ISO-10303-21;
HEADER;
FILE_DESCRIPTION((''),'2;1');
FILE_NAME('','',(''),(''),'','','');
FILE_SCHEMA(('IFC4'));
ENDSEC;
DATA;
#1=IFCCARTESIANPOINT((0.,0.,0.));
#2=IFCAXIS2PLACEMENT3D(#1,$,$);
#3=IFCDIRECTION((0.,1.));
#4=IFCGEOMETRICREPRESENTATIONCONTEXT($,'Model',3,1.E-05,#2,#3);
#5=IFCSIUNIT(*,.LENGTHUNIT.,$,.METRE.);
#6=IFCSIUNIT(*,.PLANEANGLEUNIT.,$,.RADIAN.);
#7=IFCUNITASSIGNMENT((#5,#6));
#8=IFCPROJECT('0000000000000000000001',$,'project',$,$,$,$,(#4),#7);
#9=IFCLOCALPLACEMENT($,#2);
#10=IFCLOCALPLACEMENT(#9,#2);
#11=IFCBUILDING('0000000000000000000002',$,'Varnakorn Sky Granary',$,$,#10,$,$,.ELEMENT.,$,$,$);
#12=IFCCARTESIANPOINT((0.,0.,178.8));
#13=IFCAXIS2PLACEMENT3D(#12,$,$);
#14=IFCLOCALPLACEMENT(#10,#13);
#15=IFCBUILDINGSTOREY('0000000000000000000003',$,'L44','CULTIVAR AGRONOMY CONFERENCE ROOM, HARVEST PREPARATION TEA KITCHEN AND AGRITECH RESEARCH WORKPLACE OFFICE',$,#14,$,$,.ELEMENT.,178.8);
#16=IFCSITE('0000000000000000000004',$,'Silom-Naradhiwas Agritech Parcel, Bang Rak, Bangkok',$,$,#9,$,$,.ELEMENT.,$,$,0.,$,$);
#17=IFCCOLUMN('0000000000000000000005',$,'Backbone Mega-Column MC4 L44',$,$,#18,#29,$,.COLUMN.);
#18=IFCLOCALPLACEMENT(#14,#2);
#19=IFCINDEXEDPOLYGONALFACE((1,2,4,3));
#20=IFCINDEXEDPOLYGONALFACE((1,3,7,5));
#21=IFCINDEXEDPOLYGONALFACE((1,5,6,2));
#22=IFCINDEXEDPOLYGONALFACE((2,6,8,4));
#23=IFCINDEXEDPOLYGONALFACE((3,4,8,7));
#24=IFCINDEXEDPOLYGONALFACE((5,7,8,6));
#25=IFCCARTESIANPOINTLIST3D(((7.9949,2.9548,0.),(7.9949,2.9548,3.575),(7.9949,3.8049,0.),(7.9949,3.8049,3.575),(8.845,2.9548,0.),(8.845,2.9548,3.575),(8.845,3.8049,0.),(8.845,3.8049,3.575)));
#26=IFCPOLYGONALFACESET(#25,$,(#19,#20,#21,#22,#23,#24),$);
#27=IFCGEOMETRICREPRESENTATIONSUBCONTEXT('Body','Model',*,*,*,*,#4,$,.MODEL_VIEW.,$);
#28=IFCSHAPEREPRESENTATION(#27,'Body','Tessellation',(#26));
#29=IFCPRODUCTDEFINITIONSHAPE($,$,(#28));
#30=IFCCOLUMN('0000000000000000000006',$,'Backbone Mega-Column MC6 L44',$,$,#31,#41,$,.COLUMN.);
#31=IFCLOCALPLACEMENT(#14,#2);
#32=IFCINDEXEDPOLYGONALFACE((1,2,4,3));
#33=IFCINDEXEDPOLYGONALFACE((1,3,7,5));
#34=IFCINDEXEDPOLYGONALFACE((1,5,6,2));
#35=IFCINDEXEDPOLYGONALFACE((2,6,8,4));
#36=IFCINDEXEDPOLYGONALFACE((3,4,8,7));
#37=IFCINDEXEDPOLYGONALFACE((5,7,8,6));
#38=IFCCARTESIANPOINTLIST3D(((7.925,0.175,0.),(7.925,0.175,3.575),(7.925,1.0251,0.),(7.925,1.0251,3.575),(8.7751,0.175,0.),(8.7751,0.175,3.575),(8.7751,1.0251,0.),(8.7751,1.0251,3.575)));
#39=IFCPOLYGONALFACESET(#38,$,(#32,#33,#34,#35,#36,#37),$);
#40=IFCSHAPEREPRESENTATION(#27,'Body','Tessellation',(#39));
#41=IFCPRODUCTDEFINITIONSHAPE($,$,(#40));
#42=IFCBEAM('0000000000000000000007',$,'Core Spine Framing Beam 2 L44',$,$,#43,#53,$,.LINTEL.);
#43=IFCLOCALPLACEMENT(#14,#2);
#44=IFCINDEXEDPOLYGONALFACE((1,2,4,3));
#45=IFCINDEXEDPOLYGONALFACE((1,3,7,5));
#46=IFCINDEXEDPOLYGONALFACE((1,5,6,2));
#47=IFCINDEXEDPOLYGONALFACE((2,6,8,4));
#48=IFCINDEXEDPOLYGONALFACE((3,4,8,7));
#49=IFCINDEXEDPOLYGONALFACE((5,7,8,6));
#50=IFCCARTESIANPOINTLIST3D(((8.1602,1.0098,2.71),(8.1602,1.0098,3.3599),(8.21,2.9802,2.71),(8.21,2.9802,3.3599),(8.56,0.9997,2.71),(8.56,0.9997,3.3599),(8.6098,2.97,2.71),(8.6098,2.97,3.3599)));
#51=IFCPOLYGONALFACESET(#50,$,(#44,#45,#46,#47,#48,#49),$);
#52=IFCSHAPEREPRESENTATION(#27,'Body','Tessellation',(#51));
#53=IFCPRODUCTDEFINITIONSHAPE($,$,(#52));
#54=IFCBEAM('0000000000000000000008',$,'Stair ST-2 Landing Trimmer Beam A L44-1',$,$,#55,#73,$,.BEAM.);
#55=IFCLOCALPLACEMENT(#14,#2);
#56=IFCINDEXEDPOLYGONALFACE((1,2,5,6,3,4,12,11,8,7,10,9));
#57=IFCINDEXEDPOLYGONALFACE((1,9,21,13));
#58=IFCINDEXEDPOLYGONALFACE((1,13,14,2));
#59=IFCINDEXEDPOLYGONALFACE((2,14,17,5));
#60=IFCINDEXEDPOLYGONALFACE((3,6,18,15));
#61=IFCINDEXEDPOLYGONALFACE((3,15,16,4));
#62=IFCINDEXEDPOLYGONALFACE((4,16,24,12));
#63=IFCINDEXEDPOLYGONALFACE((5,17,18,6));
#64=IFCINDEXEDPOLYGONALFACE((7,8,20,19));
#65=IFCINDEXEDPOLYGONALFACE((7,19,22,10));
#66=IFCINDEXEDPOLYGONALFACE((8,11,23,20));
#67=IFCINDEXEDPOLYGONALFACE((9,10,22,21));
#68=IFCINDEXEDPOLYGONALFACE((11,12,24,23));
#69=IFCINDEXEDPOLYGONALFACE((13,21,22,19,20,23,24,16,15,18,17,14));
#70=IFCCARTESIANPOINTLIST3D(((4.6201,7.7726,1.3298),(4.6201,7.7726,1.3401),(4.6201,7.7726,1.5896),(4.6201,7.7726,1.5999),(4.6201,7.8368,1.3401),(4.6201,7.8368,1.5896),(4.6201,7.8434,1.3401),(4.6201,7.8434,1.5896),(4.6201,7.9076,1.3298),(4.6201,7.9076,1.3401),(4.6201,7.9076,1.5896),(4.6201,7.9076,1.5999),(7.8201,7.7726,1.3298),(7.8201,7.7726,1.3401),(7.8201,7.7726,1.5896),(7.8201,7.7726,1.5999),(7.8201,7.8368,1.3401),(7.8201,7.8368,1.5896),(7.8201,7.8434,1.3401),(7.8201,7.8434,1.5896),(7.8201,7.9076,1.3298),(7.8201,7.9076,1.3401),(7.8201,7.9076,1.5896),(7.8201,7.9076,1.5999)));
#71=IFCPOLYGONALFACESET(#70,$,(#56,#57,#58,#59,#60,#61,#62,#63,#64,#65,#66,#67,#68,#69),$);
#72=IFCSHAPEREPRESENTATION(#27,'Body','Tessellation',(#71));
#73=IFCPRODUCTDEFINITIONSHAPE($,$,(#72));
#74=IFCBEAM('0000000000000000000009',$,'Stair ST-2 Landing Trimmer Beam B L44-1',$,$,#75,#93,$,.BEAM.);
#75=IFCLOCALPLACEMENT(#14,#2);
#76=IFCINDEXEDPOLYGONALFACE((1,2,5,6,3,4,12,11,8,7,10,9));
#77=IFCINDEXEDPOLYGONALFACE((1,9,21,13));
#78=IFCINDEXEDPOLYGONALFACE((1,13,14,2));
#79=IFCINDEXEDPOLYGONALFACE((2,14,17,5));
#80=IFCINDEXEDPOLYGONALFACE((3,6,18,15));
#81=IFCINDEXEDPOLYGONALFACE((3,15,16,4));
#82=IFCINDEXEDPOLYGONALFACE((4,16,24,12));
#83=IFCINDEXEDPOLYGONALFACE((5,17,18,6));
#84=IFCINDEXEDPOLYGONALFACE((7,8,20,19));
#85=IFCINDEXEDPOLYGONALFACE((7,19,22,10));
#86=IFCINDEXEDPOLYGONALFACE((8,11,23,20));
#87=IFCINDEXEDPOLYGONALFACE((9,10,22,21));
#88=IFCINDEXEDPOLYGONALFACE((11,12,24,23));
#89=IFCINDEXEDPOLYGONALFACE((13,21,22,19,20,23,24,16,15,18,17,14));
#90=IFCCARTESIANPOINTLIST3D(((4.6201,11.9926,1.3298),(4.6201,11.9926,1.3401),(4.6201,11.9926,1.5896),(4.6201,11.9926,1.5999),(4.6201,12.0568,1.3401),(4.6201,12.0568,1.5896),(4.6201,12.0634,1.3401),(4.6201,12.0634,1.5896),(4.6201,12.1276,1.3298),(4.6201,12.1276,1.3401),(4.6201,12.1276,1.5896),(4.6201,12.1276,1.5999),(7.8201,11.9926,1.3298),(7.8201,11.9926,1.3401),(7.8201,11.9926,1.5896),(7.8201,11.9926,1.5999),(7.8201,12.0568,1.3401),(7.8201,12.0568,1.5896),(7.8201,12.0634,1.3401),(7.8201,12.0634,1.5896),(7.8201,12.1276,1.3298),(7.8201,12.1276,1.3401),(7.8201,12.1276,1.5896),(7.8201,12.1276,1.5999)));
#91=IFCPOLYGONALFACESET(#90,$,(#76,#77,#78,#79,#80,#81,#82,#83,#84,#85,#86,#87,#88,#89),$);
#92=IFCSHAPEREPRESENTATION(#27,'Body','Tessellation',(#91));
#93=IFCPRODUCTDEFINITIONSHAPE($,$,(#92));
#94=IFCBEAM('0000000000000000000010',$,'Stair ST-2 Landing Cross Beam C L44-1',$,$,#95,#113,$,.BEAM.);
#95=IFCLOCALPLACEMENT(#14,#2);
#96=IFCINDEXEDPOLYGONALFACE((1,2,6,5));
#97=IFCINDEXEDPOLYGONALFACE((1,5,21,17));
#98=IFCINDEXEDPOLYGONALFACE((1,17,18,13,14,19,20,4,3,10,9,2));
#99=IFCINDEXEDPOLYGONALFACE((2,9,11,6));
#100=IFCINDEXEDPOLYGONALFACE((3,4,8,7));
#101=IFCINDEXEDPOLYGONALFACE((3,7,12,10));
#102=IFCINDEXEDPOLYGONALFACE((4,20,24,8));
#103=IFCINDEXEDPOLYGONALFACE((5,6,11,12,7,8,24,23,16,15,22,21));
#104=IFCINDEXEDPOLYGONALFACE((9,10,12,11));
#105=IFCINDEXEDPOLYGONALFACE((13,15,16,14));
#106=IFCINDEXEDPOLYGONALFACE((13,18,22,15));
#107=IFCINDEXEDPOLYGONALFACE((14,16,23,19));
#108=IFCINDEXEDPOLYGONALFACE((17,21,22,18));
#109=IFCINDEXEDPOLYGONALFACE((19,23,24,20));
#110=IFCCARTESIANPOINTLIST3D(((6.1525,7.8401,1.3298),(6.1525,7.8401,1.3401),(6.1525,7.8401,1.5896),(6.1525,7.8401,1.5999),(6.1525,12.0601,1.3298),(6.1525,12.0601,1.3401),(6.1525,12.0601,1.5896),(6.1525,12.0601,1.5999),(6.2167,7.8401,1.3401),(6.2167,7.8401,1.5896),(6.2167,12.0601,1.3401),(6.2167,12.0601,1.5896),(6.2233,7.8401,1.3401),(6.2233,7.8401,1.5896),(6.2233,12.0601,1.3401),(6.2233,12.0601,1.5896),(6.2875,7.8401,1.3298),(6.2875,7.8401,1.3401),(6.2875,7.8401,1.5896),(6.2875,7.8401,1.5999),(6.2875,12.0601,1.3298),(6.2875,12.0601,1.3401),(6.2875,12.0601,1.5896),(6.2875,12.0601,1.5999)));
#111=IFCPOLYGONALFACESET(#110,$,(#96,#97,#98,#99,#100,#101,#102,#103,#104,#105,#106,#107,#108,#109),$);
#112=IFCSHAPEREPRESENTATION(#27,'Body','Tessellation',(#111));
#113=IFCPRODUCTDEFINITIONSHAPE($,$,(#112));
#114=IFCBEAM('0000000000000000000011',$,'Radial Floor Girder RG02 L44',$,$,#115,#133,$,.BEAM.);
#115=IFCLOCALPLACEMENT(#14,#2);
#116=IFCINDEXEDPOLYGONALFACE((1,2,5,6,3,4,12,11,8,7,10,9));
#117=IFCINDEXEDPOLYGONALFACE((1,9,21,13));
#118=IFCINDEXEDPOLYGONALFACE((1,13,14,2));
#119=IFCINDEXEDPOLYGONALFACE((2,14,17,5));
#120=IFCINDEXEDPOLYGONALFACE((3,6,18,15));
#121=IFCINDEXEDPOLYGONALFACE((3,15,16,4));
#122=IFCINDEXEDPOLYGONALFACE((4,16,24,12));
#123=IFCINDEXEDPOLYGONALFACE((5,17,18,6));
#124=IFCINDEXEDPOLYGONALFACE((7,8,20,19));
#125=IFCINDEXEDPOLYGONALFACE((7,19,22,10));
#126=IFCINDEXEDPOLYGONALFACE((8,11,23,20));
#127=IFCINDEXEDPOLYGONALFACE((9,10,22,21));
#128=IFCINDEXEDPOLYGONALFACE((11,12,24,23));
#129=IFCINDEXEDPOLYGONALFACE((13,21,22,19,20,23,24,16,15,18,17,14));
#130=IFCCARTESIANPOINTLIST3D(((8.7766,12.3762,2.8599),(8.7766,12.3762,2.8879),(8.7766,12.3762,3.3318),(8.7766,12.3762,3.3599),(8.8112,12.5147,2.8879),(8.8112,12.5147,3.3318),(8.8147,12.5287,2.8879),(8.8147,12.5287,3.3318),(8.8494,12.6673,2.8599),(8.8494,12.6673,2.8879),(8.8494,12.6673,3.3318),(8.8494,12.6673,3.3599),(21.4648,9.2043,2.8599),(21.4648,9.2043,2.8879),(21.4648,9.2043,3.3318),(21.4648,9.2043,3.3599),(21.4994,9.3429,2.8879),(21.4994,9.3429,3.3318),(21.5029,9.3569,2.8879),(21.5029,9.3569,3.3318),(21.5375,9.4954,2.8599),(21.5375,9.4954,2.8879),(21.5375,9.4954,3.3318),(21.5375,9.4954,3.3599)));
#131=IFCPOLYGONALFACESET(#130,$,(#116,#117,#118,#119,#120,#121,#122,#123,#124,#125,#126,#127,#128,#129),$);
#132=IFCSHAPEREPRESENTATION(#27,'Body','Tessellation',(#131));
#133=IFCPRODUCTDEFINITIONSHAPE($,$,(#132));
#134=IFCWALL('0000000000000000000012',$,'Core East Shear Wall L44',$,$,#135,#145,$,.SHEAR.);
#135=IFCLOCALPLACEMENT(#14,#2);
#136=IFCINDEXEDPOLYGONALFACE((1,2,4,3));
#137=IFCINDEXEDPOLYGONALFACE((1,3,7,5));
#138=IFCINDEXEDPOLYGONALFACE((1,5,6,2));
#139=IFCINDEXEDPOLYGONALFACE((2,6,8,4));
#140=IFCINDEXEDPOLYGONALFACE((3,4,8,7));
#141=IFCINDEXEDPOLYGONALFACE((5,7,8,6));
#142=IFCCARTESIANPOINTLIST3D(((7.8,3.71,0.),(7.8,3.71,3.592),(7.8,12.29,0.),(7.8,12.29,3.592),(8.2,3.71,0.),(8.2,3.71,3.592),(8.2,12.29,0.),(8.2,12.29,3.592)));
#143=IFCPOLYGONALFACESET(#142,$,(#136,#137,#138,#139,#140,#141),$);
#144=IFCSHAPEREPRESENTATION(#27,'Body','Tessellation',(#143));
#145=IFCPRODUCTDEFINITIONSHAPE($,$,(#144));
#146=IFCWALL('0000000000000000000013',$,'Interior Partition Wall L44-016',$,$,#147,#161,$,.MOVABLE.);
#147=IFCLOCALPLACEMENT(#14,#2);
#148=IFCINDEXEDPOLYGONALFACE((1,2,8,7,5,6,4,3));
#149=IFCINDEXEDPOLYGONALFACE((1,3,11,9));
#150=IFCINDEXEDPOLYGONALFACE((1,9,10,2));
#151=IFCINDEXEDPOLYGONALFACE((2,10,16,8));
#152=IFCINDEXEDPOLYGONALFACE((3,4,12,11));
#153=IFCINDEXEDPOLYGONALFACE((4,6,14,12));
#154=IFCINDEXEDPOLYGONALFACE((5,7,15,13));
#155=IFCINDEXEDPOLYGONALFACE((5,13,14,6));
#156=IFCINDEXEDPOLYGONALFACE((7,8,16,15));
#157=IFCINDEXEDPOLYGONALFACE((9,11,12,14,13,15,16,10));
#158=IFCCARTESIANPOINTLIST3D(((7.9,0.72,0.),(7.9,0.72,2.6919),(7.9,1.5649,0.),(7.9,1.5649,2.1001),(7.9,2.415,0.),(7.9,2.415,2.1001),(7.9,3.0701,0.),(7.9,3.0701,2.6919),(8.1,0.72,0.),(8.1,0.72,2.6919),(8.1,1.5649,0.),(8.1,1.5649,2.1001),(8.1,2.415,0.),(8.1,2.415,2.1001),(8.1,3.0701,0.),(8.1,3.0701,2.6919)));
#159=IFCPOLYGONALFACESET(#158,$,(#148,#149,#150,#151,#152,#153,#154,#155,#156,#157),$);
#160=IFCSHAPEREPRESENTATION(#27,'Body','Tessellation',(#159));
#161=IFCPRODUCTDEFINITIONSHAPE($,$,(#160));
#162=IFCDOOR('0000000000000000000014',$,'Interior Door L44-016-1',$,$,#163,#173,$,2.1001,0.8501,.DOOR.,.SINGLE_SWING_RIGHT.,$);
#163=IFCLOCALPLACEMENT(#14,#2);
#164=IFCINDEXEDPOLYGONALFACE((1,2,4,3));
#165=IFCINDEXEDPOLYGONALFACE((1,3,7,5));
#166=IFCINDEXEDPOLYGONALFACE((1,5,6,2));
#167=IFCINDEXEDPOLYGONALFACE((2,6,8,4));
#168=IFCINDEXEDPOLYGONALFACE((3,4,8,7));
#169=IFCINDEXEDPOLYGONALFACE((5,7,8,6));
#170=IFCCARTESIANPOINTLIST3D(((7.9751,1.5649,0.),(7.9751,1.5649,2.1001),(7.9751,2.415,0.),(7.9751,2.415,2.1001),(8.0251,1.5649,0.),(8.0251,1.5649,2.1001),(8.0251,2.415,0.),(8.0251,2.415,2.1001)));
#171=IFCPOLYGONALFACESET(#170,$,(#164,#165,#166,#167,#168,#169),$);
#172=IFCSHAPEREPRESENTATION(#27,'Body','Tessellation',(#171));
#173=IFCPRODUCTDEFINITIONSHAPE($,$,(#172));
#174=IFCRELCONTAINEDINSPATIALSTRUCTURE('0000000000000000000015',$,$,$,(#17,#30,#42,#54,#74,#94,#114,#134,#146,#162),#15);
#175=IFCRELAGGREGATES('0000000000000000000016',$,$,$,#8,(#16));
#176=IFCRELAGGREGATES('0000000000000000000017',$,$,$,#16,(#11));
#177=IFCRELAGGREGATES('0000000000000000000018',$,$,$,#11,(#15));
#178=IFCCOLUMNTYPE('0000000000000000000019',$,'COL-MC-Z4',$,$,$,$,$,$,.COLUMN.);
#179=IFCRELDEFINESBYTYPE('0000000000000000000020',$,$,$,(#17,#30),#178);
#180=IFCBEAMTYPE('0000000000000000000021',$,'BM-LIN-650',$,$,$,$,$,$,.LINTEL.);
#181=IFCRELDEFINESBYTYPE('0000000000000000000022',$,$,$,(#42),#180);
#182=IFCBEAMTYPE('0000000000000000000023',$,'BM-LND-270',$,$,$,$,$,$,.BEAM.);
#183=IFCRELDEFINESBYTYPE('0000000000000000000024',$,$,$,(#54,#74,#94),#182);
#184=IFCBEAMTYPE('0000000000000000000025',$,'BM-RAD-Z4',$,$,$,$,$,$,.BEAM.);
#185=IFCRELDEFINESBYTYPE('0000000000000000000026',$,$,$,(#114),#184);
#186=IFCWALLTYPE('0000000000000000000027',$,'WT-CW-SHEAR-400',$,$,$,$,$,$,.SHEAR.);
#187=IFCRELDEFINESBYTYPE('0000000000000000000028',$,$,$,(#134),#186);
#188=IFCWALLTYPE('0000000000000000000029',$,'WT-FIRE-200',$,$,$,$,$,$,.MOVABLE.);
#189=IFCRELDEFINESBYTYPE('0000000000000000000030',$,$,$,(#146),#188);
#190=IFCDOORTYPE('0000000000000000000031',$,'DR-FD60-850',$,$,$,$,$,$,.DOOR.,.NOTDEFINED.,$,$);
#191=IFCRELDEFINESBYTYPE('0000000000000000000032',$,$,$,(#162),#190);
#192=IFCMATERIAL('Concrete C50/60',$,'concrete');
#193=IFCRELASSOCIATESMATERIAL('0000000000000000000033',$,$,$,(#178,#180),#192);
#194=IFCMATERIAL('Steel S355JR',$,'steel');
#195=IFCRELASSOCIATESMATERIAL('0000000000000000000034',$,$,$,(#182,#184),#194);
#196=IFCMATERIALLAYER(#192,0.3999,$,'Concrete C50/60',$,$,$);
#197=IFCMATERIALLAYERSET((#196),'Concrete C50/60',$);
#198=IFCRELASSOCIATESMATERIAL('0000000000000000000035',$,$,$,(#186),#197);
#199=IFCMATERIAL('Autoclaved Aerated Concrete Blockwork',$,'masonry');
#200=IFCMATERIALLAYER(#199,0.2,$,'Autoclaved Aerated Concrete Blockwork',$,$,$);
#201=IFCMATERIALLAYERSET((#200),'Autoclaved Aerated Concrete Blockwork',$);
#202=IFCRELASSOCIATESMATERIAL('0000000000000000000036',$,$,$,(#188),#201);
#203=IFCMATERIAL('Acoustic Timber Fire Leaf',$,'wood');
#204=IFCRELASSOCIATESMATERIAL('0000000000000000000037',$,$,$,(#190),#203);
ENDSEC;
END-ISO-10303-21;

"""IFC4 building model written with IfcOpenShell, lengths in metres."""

from ifc_helpers import new_model, si_unit, direction, frame, frame_2d, origin, origin_2d, place, context, subcontext, project, spatial, rectangle, i_section, extrude, material, layer, layer_set, material_profile, profile_set, type_object, element, fill, save


model = new_model("IFC4")

# Units and contexts
model_context = context("Model", 3, precision=1e-05, world=origin(), true_north=direction((0.0, 1.0)))
body_context = subcontext(model_context, "Body", "Model", "MODEL_VIEW")
ifc_project = project(units=[si_unit("LENGTHUNIT", "METRE"), si_unit("PLANEANGLEUNIT", "RADIAN")], contexts=[model_context])

# Site, building, storey
site_placement = place(None, origin())
site = spatial("IfcSite", under=ifc_project, at=site_placement, Name="Silom-Naradhiwas Agritech Parcel, Bang Rak, Bangkok", CompositionType="ELEMENT", RefElevation=0.0)
building_placement = place(site_placement, origin())
building = spatial("IfcBuilding", under=site, at=building_placement, Name="Varnakorn Sky Granary", CompositionType="ELEMENT")
storey_placement = place(building_placement, frame((0.0, 0.0, 178.8)))
storey = spatial("IfcBuildingStorey", under=building, at=storey_placement, Name="L44", Description="CULTIVAR AGRONOMY CONFERENCE ROOM, HARVEST PREPARATION TEA KITCHEN AND AGRITECH RESEARCH WORKPLACE OFFICE", CompositionType="ELEMENT", Elevation=178.8)

# Columns
ifc_material_1 = material(Name="Concrete C50/60", Category="concrete")
ifc_material_profile_1 = material_profile(ifc_material_1, rectangle(XDim=0.8501, YDim=0.8501, at=origin_2d()), Name="RC 850x850")
ifc_profile_set_1 = profile_set([ifc_material_profile_1], Name="Concrete C50/60")
column_type = type_object("IfcColumnType", Name="COL-MC-Z4", PredefinedType="COLUMN", material=ifc_profile_set_1)
for number, where, z_axis, x_axis, name in (
    (1, (8.4199, 3.3799, 0.0), (0.0, 0.0, 1.0), (1.0, 0.0, 0.0), "Backbone Mega-Column MC4 L44"),
    (2, (8.3501, 0.6001, 0.0), (0.0, 0.0, 1.0), (1.0, 0.0, 0.0), "Backbone Mega-Column MC6 L44"),
):
    element("IfcColumn", number, at=place(storey_placement, frame(where, z_axis=z_axis, x_axis=x_axis)), inside=storey, type_object=column_type, Name=name, PredefinedType="COLUMN", context=body_context, shape_type="SweptSolid", body=[
        extrude(rectangle(XDim=0.8501, YDim=0.8501, at=origin_2d()), origin(), (0.0, 0.0, 1.0), 3.575),
    ])

# Beams
ifc_material_profile_2 = material_profile(ifc_material_1, rectangle(XDim=0.3999, YDim=0.6499, at=origin_2d()), Name="RC 400x650")
ifc_profile_set_2 = profile_set([ifc_material_profile_2], Name="Concrete C50/60")
beam_type_1 = type_object("IfcBeamType", Name="BM-LIN-650", PredefinedType="LINTEL", material=ifc_profile_set_2)
beam_1_placement = place(storey_placement, frame((8.4099, 2.9751, 3.0349), z_axis=(-0.025271, -0.999681, 0.0), x_axis=(0.999681, -0.025271, 0.0)))
element("IfcBeam", 3, at=beam_1_placement, inside=storey, type_object=beam_type_1, Name="Core Spine Framing Beam 2 L44", PredefinedType="LINTEL", context=body_context, shape_type="SweptSolid", body=[
    extrude(rectangle(XDim=0.3999, YDim=0.6499, at=origin_2d()), origin(), (0.0, 0.0, 1.0), 1.9709),
])
ifc_material_2 = material(Name="Steel S355JR", Category="steel")
ifc_material_profile_3 = material_profile(ifc_material_2, i_section(OverallWidth=0.135, OverallDepth=0.27, WebThickness=0.0066, FlangeThickness=0.0103, at=origin_2d()), Name="IPE 270")
ifc_profile_set_3 = profile_set([ifc_material_profile_3], Name="Steel S355JR")
beam_type_2 = type_object("IfcBeamType", Name="BM-LND-270", PredefinedType="BEAM", material=ifc_profile_set_3)
for number, where, z_axis, x_axis, name in (
    (4, (4.6201, 7.8401, 1.4648), (1.0, 0.0, 0.0), (0.0, 1.0, 0.0), "Stair ST-2 Landing Trimmer Beam A L44-1"),
    (5, (4.6201, 12.0601, 1.4648), (1.0, 0.0, 0.0), (0.0, 1.0, 0.0), "Stair ST-2 Landing Trimmer Beam B L44-1"),
):
    element("IfcBeam", number, at=place(storey_placement, frame(where, z_axis=z_axis, x_axis=x_axis)), inside=storey, type_object=beam_type_2, Name=name, PredefinedType="BEAM", context=body_context, shape_type="SweptSolid", body=[
        extrude(i_section(OverallWidth=0.135, OverallDepth=0.27, WebThickness=0.0066, FlangeThickness=0.0103, at=origin_2d()), origin(), (0.0, 0.0, 1.0), 3.2),
    ])
beam_2_placement = place(storey_placement, frame((6.22, 7.8401, 1.4648), z_axis=(0.0, 1.0, 0.0), x_axis=(-1.0, 0.0, 0.0)))
element("IfcBeam", 6, at=beam_2_placement, inside=storey, type_object=beam_type_2, Name="Stair ST-2 Landing Cross Beam C L44-1", PredefinedType="BEAM", context=body_context, shape_type="SweptSolid", body=[
    extrude(i_section(OverallWidth=0.135, OverallDepth=0.27, WebThickness=0.0066, FlangeThickness=0.0103, at=origin_2d()), origin(), (0.0, 0.0, 1.0), 4.22),
])
ifc_material_profile_4 = material_profile(ifc_material_2, i_section(OverallWidth=0.3, OverallDepth=0.5, WebThickness=0.0144, FlangeThickness=0.0281, at=origin_2d()), Name="HE 500 B")
ifc_profile_set_4 = profile_set([ifc_material_profile_4], Name="Steel S355JR")
beam_type_3 = type_object("IfcBeamType", Name="BM-RAD-Z4", PredefinedType="BEAM", material=ifc_profile_set_4)
beam_3_placement = place(storey_placement, frame((8.813, 12.5217, 3.1099), z_axis=(0.970146, -0.242522, 0.0), x_axis=(0.242522, 0.970146, 0.0)))
element("IfcBeam", 7, at=beam_3_placement, inside=storey, type_object=beam_type_3, Name="Radial Floor Girder RG02 L44", PredefinedType="BEAM", context=body_context, shape_type="SweptSolid", body=[
    extrude(i_section(OverallWidth=0.3, OverallDepth=0.5, WebThickness=0.0144, FlangeThickness=0.0281, at=origin_2d()), origin(), (0.0, 0.0, 1.0), 13.0786),
])

# Wall
ifc_layer_1 = layer(ifc_material_1, 0.3999, Name="Concrete C50/60")
ifc_layer_set_1 = layer_set([ifc_layer_1], Name="Concrete C50/60")
wall_type_1 = type_object("IfcWallType", Name="WT-CW-SHEAR-400", PredefinedType="SHEAR", material=ifc_layer_set_1)
wall_1_placement = place(storey_placement, frame((8.0, 3.71, 0.0), z_axis=(0.0, 0.0, 1.0), x_axis=(0.0, 1.0, 0.0)))
element("IfcWall", 8, at=wall_1_placement, inside=storey, type_object=wall_type_1, Name="Core East Shear Wall L44", PredefinedType="SHEAR", context=body_context, shape_type="SweptSolid", body=[
    extrude(rectangle(XDim=8.5801, YDim=0.3999, at=frame_2d((4.29, 0.0))), origin(), (0.0, 0.0, 1.0), 3.592),
])

# Wall, opening, door
ifc_material_3 = material(Name="Autoclaved Aerated Concrete Blockwork", Category="masonry")
ifc_layer_2 = layer(ifc_material_3, 0.2, Name="Autoclaved Aerated Concrete Blockwork")
ifc_layer_set_2 = layer_set([ifc_layer_2], Name="Autoclaved Aerated Concrete Blockwork")
wall_type_2 = type_object("IfcWallType", Name="WT-FIRE-200", PredefinedType="MOVABLE", material=ifc_layer_set_2)
wall_2_placement = place(storey_placement, frame((8.0, 0.72, 0.0), z_axis=(0.0, 0.0, 1.0), x_axis=(0.0, 1.0, 0.0)))
wall_2 = element("IfcWall", 9, at=wall_2_placement, inside=storey, type_object=wall_type_2, Name="Interior Partition Wall L44-016", PredefinedType="MOVABLE", context=body_context, shape_type="SweptSolid", body=[
    extrude(rectangle(XDim=2.3501, YDim=0.2, at=frame_2d((1.175, 0.0))), origin(), (0.0, 0.0, 1.0), 2.6919),
])
opening_1_placement = place(wall_2_placement, frame((0.845, 0.0, 0.0)))
opening_1 = element("IfcOpeningElement", 10, at=opening_1_placement, cuts=wall_2, PredefinedType="OPENING", context=body_context, shape_type="SweptSolid", body=[
    extrude(rectangle(XDim=0.8501, YDim=2.1001, at=frame_2d((0.425, 1.05))), frame((0.0, 0.1099, 0.0), z_axis=(0.0, -1.0, 0.0), x_axis=(1.0, 0.0, 0.0)), (0.0, 0.0, 1.0), 0.22),
])
ifc_material_4 = material(Name="Acoustic Timber Fire Leaf", Category="wood")
door_type_1 = type_object("IfcDoorType", Name="DR-FD60-850", OperationType="NOTDEFINED", PredefinedType="DOOR", material=ifc_material_4)
door_1_placement = place(opening_1_placement, origin())
door_1 = element("IfcDoor", 11, at=door_1_placement, inside=storey, type_object=door_type_1, Name="Interior Door L44-016-1", OperationType="SINGLE_SWING_RIGHT", OverallHeight=2.1001, OverallWidth=0.8501, PredefinedType="DOOR", context=body_context, shape_type="SweptSolid", body=[
    extrude(rectangle(XDim=0.8501, YDim=2.1001, at=frame_2d((0.425, 1.05))), frame((0.0, 0.0249, 0.0), z_axis=(0.0, -1.0, 0.0), x_axis=(1.0, 0.0, 0.0)), (0.0, 0.0, 1.0), 0.05),
])
fill(opening_1, door_1)

save(model, "model.ifc")
